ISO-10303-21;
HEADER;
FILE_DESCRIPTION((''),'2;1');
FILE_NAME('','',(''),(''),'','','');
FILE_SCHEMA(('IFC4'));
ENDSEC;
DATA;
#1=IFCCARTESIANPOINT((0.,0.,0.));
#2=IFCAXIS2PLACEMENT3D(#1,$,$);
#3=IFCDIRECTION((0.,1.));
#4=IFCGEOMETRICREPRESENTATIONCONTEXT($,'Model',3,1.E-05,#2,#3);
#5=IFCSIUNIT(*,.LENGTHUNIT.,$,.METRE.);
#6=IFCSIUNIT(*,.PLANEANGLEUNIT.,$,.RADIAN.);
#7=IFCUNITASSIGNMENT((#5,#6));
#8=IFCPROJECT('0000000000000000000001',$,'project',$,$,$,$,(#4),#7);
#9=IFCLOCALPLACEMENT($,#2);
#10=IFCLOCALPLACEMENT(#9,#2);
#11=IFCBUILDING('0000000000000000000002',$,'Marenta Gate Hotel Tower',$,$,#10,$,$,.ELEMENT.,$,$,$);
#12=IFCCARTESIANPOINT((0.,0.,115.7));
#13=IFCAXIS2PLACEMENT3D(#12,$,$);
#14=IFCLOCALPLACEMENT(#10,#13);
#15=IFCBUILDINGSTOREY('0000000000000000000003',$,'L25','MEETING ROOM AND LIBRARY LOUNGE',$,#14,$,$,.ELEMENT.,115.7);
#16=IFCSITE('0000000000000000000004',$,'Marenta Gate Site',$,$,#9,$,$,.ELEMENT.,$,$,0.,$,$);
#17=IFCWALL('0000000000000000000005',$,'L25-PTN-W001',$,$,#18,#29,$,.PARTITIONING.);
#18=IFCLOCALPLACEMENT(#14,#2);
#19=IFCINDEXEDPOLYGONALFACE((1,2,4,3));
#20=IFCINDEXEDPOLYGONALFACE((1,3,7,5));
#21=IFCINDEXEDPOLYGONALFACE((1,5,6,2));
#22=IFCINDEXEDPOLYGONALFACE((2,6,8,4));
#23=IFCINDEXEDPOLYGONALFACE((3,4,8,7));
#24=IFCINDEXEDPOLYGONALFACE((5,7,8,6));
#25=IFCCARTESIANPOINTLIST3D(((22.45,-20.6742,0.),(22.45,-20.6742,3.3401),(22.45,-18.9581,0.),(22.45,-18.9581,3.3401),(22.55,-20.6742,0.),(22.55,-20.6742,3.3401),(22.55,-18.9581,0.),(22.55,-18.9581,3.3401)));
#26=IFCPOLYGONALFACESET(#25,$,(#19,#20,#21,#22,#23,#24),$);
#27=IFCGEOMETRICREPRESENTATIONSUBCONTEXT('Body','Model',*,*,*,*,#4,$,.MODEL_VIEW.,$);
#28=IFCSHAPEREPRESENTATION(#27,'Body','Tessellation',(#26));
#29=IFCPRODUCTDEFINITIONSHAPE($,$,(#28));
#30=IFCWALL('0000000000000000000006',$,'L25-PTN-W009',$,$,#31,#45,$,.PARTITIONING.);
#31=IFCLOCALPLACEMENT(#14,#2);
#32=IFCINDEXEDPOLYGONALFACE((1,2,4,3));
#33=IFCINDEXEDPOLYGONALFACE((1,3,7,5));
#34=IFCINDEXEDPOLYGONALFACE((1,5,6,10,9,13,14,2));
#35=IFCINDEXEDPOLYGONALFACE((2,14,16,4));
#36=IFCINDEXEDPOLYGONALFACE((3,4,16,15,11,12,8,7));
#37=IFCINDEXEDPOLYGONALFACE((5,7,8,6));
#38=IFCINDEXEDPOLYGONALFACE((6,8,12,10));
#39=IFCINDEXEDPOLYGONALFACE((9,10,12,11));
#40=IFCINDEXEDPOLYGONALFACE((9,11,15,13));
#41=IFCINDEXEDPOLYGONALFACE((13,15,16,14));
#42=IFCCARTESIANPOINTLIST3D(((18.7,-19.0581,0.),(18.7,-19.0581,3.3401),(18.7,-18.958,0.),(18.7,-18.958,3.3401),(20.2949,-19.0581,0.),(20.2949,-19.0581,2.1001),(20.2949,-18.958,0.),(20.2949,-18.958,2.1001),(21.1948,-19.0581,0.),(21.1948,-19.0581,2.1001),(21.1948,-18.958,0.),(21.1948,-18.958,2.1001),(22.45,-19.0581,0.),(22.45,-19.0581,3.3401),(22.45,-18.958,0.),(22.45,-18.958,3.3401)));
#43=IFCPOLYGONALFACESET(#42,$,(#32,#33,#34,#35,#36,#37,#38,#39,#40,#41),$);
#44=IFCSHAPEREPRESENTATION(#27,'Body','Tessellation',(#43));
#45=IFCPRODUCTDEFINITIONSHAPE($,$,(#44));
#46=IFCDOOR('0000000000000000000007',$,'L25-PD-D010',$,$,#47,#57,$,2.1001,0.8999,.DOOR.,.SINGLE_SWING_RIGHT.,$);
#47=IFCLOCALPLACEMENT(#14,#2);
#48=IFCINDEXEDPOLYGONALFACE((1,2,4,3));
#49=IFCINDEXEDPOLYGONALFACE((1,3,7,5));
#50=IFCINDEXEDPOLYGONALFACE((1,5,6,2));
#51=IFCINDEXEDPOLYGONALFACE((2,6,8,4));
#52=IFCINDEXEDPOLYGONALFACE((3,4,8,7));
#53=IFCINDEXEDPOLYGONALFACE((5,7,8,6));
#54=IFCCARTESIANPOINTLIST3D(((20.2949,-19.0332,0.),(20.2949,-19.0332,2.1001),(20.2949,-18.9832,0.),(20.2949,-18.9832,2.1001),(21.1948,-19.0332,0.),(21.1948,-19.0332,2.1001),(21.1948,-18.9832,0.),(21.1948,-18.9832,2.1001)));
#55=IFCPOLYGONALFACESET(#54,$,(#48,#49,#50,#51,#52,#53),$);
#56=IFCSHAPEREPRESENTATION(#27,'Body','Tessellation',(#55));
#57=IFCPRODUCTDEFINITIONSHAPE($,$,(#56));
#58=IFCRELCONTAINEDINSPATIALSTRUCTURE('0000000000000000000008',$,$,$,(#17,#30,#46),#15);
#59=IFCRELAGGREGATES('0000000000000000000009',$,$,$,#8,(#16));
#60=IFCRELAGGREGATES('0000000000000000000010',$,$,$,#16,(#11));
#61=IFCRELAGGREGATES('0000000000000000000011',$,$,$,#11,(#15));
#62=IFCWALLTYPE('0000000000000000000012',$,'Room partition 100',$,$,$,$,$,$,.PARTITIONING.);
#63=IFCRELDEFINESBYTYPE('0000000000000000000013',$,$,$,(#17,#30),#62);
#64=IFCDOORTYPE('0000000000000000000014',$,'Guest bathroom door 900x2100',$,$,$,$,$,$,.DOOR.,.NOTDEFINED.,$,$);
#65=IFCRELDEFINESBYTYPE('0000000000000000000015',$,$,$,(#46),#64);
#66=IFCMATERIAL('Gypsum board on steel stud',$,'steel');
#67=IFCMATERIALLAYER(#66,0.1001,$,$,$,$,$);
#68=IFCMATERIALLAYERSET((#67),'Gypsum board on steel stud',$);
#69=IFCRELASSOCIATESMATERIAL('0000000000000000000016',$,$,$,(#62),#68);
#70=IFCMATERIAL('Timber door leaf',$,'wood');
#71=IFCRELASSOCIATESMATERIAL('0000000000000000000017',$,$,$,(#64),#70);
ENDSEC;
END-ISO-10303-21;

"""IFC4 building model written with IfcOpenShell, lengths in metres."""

from ifc_helpers import new_model, si_unit, direction, frame, frame_2d, origin, place, context, subcontext, project, spatial, rectangle, extrude, material, layer, layer_set, type_object, element, fill, save


model = new_model("IFC4")

# Units and contexts
model_context = context("Model", 3, precision=1e-05, world=origin(), true_north=direction((0.0, 1.0)))
body_context = subcontext(model_context, "Body", "Model", "MODEL_VIEW")
ifc_project = project(units=[si_unit("LENGTHUNIT", "METRE"), si_unit("PLANEANGLEUNIT", "RADIAN")], contexts=[model_context])

# Site, building, storey
site_placement = place(None, origin())
site = spatial("IfcSite", under=ifc_project, at=site_placement, Name="Marenta Gate Site", CompositionType="ELEMENT", RefElevation=0.0)
building_placement = place(site_placement, origin())
building = spatial("IfcBuilding", under=site, at=building_placement, Name="Marenta Gate Hotel Tower", CompositionType="ELEMENT")
storey_placement = place(building_placement, frame((0.0, 0.0, 115.7)))
storey = spatial("IfcBuildingStorey", under=building, at=storey_placement, Name="L25", Description="MEETING ROOM AND LIBRARY LOUNGE", CompositionType="ELEMENT", Elevation=115.7)

# Wall
ifc_material_1 = material(Name="Gypsum board on steel stud", Category="steel")
ifc_layer_1 = layer(ifc_material_1, 0.1001)
ifc_layer_set_1 = layer_set([ifc_layer_1], Name="Gypsum board on steel stud")
wall_type_1 = type_object("IfcWallType", Name="Room partition 100", PredefinedType="PARTITIONING", material=ifc_layer_set_1)
wall_1_placement = place(storey_placement, frame((22.5, -20.6741, 0.0), z_axis=(0.0, 0.0, 1.0), x_axis=(0.0, 1.0, 0.0)))
element("IfcWall", 1, at=wall_1_placement, inside=storey, type_object=wall_type_1, Name="L25-PTN-W001", PredefinedType="PARTITIONING", context=body_context, shape_type="SweptSolid", body=[
    extrude(rectangle(XDim=1.7161, YDim=0.1001, at=frame_2d((0.8579, 0.0))), origin(), (0.0, 0.0, 1.0), 3.3401),
])

# Wall, opening, door
wall_2_placement = place(storey_placement, frame((18.7, -19.0081, 0.0), z_axis=(0.0, 0.0, 1.0), x_axis=(1.0, 0.0, 0.0)))
wall_2 = element("IfcWall", 2, at=wall_2_placement, inside=storey, type_object=wall_type_1, Name="L25-PTN-W009", PredefinedType="PARTITIONING", context=body_context, shape_type="SweptSolid", body=[
    extrude(rectangle(XDim=3.75, YDim=0.1001, at=frame_2d((1.875, 0.0))), origin(), (0.0, 0.0, 1.0), 3.3401),
])
opening_1_placement = place(wall_2_placement, frame((1.595, 0.0, 0.0)))
opening_1 = element("IfcOpeningElement", 3, at=opening_1_placement, cuts=wall_2, PredefinedType="OPENING", context=body_context, shape_type="SweptSolid", body=[
    extrude(rectangle(XDim=0.8999, YDim=2.1001, at=frame_2d((0.45, 1.05))), frame((0.0, 0.05, 0.0), z_axis=(0.0, -1.0, 0.0), x_axis=(1.0, 0.0, 0.0)), (0.0, 0.0, 1.0), 0.1001),
])
ifc_material_2 = material(Name="Timber door leaf", Category="wood")
door_type_1 = type_object("IfcDoorType", Name="Guest bathroom door 900x2100", OperationType="NOTDEFINED", PredefinedType="DOOR", material=ifc_material_2)
door_1_placement = place(opening_1_placement, origin())
door_1 = element("IfcDoor", 4, at=door_1_placement, inside=storey, type_object=door_type_1, Name="L25-PD-D010", OperationType="SINGLE_SWING_RIGHT", OverallHeight=2.1001, OverallWidth=0.8999, PredefinedType="DOOR", context=body_context, shape_type="SweptSolid", body=[
    extrude(rectangle(XDim=0.8999, YDim=2.1001, at=frame_2d((0.45, 1.05))), frame((0.0, 0.0249, 0.0), z_axis=(0.0, -1.0, 0.0), x_axis=(1.0, 0.0, 0.0)), (0.0, 0.0, 1.0), 0.05),
])
fill(opening_1, door_1)

save(model, "model.ifc")
